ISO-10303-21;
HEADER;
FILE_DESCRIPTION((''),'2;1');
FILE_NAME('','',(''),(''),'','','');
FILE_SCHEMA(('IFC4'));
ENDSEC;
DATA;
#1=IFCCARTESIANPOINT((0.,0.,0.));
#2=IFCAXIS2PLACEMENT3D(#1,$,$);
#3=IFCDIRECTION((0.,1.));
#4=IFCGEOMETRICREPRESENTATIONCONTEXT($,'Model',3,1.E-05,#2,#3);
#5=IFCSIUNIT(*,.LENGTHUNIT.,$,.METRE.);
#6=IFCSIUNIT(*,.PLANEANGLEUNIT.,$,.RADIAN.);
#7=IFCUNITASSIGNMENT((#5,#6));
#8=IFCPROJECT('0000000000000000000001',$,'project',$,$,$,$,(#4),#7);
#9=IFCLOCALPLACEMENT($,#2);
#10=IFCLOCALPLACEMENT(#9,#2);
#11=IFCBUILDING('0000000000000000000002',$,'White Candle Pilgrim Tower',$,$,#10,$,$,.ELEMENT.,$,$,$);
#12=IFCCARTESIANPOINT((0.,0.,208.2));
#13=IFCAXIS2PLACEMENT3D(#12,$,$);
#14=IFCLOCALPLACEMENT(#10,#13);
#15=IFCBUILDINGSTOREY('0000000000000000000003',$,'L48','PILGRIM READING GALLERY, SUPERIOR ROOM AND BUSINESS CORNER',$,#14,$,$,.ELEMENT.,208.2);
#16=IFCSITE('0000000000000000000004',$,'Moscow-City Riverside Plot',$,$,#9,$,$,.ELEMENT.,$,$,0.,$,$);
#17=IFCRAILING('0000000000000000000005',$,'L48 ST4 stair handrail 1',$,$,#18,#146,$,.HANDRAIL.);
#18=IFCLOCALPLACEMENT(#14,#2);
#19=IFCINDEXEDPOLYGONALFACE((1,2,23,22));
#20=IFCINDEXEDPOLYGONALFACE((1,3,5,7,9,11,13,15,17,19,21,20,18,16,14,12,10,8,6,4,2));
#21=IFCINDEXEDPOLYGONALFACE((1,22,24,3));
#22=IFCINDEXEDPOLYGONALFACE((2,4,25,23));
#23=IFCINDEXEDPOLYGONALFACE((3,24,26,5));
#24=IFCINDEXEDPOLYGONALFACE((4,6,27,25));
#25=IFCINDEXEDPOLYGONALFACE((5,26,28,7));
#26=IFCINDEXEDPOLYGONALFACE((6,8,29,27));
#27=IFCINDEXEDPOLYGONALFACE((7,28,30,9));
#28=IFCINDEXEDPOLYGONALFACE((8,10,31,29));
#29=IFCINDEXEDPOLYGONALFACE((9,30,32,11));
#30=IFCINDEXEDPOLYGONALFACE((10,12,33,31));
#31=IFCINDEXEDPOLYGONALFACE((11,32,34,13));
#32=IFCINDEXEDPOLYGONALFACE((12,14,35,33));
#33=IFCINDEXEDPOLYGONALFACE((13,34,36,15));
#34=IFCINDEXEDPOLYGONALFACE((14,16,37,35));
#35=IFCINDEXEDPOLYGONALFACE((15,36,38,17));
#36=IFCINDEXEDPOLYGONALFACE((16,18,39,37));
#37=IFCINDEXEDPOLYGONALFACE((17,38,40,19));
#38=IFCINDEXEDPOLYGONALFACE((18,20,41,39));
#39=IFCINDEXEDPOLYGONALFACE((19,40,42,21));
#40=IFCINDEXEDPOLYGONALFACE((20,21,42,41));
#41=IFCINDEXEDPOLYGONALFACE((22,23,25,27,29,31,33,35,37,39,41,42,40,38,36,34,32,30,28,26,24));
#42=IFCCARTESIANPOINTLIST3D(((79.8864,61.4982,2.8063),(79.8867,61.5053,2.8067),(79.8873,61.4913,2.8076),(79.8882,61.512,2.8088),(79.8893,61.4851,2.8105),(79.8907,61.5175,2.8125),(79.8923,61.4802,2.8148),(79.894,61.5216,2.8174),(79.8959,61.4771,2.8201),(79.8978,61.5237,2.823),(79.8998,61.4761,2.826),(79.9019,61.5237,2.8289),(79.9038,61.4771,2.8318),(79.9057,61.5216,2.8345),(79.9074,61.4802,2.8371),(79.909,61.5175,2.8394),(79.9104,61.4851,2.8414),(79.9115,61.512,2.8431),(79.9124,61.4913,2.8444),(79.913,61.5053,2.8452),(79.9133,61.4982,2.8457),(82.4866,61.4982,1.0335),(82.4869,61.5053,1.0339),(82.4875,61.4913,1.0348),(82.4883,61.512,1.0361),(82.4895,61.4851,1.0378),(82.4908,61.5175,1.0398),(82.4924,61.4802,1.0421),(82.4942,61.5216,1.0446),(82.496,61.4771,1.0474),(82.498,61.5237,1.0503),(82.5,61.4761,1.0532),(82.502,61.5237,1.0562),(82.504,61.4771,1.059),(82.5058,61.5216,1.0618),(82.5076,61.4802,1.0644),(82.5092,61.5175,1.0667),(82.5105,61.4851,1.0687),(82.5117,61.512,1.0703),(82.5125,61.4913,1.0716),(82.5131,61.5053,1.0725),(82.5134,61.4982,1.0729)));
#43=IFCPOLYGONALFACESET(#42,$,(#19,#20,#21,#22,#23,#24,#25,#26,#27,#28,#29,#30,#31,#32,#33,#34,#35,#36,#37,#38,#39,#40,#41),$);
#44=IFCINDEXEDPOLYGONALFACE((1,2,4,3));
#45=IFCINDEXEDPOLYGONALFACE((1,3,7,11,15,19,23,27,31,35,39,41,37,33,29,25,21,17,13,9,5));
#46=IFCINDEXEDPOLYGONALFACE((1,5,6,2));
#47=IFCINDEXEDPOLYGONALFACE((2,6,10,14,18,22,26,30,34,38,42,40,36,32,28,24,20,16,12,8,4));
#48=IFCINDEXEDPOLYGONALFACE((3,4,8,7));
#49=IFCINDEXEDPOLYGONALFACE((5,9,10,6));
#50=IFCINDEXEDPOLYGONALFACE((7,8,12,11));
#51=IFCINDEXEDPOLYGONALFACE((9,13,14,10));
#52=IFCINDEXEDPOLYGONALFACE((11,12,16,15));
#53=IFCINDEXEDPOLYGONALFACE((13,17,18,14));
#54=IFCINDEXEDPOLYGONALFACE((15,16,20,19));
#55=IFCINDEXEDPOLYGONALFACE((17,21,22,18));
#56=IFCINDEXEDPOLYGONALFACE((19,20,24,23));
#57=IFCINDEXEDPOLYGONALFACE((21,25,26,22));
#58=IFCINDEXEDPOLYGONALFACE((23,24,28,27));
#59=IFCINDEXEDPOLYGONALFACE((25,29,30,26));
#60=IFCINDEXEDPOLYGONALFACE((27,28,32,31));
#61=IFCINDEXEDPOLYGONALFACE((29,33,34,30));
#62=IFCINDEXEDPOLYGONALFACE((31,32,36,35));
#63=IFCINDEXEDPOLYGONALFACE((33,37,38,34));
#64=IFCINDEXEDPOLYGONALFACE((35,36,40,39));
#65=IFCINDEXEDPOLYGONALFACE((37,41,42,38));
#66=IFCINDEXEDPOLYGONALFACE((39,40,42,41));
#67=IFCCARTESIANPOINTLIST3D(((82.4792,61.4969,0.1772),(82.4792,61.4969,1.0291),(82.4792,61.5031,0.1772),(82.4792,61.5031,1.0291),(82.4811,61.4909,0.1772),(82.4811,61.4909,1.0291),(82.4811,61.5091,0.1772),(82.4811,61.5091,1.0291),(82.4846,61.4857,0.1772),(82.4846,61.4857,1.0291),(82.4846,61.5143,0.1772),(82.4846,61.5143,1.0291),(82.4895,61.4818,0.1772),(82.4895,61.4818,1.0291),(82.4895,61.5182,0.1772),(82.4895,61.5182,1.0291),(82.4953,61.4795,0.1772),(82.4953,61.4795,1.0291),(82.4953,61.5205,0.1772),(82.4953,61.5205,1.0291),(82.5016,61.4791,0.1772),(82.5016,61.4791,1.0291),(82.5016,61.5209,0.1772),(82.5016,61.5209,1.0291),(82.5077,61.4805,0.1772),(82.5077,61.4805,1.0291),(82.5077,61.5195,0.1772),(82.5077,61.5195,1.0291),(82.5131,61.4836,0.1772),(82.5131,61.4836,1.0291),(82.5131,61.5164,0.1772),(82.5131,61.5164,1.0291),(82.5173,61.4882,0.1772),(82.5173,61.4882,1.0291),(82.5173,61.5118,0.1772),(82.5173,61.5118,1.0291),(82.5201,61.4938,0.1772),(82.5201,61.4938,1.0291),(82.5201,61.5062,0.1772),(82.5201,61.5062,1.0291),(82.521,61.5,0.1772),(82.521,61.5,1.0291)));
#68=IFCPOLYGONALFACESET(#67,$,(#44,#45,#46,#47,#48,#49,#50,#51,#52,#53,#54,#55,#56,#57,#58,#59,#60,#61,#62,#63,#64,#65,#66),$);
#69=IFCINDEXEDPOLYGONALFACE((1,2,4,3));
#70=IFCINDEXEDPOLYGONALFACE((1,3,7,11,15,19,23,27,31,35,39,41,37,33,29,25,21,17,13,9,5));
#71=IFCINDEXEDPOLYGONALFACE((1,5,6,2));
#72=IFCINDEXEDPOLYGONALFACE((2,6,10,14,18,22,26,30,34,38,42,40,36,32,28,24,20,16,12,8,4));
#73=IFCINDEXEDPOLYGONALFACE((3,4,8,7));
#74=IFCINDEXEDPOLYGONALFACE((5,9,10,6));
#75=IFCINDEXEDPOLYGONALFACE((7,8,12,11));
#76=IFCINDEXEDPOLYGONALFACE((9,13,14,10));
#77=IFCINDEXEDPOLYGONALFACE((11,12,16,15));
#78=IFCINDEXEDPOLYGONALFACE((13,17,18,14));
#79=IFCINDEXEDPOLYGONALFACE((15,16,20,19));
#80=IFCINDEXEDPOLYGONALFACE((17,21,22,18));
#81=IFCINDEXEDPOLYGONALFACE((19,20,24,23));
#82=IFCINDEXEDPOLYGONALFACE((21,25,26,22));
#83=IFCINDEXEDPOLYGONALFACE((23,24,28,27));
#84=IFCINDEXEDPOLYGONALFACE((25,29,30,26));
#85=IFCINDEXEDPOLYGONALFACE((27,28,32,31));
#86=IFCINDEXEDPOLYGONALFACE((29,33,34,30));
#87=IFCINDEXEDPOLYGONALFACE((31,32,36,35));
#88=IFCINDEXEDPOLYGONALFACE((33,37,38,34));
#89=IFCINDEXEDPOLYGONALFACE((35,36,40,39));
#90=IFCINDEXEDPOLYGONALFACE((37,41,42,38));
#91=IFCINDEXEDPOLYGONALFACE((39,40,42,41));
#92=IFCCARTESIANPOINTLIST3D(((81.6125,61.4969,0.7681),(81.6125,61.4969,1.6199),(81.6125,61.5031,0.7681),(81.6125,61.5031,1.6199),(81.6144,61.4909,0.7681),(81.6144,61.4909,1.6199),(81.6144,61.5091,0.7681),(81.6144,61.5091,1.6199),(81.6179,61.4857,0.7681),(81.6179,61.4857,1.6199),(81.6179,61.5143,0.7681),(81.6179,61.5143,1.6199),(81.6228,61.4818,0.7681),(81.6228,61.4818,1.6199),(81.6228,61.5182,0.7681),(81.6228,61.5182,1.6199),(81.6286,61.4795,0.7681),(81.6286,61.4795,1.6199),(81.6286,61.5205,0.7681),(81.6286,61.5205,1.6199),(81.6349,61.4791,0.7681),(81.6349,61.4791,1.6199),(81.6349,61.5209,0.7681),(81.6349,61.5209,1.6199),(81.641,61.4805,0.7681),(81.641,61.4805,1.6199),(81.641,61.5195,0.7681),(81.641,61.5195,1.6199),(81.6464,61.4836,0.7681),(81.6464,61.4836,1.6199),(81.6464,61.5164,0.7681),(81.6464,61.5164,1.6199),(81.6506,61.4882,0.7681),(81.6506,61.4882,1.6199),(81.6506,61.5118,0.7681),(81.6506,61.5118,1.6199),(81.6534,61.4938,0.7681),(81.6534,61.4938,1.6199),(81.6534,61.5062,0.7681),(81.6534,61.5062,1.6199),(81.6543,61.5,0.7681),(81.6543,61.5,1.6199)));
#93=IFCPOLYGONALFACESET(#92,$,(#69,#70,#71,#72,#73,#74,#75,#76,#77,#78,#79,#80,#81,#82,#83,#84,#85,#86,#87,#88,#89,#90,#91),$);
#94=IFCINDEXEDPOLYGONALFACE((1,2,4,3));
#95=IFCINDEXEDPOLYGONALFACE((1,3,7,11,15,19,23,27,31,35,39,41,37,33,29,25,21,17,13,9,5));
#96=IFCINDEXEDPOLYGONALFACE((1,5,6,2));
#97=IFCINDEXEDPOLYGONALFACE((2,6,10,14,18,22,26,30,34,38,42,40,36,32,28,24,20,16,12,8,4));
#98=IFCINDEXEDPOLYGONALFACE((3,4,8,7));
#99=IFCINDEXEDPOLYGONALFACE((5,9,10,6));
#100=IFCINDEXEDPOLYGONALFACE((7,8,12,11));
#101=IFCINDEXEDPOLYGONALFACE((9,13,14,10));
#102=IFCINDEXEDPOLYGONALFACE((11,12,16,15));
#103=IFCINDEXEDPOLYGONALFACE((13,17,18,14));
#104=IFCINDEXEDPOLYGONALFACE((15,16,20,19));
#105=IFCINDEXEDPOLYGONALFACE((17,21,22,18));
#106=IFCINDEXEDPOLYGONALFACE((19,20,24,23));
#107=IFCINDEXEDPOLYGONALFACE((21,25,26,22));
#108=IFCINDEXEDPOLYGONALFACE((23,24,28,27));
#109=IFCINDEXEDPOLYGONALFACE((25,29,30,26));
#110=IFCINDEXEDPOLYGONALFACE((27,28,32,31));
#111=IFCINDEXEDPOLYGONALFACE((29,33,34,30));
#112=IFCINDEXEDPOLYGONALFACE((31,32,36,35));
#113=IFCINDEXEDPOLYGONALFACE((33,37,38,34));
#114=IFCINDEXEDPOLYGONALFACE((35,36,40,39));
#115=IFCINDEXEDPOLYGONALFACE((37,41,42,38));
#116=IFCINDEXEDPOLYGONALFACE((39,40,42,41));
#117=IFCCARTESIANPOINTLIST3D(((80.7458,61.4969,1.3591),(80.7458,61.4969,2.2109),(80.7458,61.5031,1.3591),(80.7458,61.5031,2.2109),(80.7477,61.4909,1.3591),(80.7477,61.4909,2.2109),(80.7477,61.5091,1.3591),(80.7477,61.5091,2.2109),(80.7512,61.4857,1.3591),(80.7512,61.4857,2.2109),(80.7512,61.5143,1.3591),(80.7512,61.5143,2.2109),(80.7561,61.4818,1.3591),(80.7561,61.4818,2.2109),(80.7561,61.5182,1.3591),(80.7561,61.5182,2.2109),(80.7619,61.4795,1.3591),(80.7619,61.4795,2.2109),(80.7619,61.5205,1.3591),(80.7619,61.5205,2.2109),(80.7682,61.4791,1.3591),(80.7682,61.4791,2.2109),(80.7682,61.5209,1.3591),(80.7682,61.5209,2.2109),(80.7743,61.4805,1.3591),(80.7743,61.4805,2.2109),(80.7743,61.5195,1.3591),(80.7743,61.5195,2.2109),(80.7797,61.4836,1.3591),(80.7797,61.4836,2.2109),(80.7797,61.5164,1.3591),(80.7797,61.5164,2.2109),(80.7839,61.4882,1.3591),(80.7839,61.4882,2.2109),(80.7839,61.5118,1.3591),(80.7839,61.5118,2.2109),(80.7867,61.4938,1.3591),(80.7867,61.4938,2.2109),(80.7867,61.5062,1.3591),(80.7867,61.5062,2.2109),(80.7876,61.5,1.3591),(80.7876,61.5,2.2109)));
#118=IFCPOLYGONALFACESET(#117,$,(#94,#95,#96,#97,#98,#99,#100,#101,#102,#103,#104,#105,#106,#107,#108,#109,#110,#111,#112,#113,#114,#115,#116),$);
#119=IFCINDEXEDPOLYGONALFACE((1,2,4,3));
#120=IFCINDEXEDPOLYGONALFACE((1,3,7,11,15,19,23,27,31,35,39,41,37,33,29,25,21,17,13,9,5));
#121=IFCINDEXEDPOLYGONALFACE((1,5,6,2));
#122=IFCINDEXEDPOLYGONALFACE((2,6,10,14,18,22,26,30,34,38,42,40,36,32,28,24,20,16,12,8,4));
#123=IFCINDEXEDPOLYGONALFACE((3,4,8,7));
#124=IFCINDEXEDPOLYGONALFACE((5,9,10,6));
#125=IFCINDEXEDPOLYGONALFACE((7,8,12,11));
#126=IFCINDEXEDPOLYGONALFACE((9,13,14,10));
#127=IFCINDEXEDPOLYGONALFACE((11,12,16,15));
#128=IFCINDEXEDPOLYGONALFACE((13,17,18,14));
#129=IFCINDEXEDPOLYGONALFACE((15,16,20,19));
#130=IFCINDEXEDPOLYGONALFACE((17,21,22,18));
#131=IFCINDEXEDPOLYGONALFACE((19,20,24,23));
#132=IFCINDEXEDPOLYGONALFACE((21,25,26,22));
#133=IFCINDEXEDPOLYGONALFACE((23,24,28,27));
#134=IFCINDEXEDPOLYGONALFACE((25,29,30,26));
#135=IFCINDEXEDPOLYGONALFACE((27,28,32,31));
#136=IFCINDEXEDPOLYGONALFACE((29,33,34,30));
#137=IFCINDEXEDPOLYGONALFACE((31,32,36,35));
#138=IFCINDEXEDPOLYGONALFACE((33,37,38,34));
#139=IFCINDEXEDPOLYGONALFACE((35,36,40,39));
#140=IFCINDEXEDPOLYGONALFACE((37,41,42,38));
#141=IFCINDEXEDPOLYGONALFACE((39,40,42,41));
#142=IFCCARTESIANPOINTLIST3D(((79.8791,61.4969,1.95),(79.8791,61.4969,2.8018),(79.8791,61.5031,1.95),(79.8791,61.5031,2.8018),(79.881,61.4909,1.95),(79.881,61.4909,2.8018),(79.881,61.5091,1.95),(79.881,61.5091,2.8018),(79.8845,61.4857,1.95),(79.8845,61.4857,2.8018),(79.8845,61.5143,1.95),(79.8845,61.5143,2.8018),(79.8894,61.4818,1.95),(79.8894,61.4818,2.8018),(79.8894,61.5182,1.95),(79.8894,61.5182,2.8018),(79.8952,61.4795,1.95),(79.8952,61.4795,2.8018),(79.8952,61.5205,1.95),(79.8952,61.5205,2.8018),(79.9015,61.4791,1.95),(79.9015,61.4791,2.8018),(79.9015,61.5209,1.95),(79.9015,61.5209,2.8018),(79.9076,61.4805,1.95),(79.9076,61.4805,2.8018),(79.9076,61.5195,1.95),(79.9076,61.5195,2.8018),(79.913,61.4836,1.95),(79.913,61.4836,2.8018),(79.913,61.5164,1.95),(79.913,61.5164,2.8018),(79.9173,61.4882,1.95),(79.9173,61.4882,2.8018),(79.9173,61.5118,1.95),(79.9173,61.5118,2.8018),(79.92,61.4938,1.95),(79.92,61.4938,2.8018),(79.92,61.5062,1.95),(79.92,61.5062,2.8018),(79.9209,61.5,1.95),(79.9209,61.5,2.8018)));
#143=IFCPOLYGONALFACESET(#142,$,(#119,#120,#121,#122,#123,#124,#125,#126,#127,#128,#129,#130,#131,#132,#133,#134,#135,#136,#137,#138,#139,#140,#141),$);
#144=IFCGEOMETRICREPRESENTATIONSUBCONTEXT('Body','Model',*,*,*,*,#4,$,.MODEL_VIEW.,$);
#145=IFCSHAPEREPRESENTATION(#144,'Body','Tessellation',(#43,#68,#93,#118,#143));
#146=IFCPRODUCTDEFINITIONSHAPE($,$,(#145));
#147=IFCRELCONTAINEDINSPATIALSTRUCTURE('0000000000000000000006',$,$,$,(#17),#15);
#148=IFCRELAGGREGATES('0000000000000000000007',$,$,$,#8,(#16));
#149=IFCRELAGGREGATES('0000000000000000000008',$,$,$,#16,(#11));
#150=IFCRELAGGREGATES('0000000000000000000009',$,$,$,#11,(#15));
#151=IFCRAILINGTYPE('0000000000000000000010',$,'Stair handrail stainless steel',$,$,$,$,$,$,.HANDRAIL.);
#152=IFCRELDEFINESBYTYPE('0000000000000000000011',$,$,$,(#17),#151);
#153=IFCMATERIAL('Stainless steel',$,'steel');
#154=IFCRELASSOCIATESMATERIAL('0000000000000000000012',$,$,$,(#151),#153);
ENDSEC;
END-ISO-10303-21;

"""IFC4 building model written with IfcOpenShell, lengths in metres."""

from ifc_helpers import new_model, si_unit, direction, frame, origin, origin_2d, place, context, subcontext, project, spatial, circle, extrude, material, type_object, element, save


model = new_model("IFC4")

# Units and contexts
model_context = context("Model", 3, precision=1e-05, world=origin(), true_north=direction((0.0, 1.0)))
body_context = subcontext(model_context, "Body", "Model", "MODEL_VIEW")
ifc_project = project(units=[si_unit("LENGTHUNIT", "METRE"), si_unit("PLANEANGLEUNIT", "RADIAN")], contexts=[model_context])

# Site, building, storey
site_placement = place(None, origin())
site = spatial("IfcSite", under=ifc_project, at=site_placement, Name="Moscow-City Riverside Plot", CompositionType="ELEMENT", RefElevation=0.0)
building_placement = place(site_placement, origin())
building = spatial("IfcBuilding", under=site, at=building_placement, Name="White Candle Pilgrim Tower", CompositionType="ELEMENT")
storey_placement = place(building_placement, frame((0.0, 0.0, 208.2)))
storey = spatial("IfcBuildingStorey", under=building, at=storey_placement, Name="L48", Description="PILGRIM READING GALLERY, SUPERIOR ROOM AND BUSINESS CORNER", CompositionType="ELEMENT", Elevation=208.2)

# Railing
ifc_material_1 = material(Name="Stainless steel", Category="steel")
railing_type_1 = type_object("IfcRailingType", Name="Stair handrail stainless steel", PredefinedType="HANDRAIL", material=ifc_material_1)
railing_1_placement = place(storey_placement, frame((82.5, 61.5, 0.1772)))
element("IfcRailing", 1, at=railing_1_placement, inside=storey, type_object=railing_type_1, Name="L48 ST4 stair handrail 1", PredefinedType="HANDRAIL", context=body_context, shape_type="SweptSolid", body=[
    extrude(circle(Radius=0.0239, at=origin_2d()), frame((0.0, 0.0, 0.876), z_axis=(-0.82624, 0.0, 0.563318), x_axis=(0.0, -1.0, 0.0)), (0.0, 0.0, 1.0), 3.147),
    extrude(circle(Radius=0.021, at=origin_2d()), origin(), (0.0, 0.0, 1.0), 0.8518),
    extrude(circle(Radius=0.021, at=origin_2d()), frame((-0.8667, 0.0, 0.5908)), (0.0, 0.0, 1.0), 0.8518),
    extrude(circle(Radius=0.021, at=origin_2d()), frame((-1.7334, 0.0, 1.1819)), (0.0, 0.0, 1.0), 0.8518),
    extrude(circle(Radius=0.021, at=origin_2d()), frame((-2.6001, 0.0, 1.7727)), (0.0, 0.0, 1.0), 0.8518),
])

save(model, "model.ifc")
